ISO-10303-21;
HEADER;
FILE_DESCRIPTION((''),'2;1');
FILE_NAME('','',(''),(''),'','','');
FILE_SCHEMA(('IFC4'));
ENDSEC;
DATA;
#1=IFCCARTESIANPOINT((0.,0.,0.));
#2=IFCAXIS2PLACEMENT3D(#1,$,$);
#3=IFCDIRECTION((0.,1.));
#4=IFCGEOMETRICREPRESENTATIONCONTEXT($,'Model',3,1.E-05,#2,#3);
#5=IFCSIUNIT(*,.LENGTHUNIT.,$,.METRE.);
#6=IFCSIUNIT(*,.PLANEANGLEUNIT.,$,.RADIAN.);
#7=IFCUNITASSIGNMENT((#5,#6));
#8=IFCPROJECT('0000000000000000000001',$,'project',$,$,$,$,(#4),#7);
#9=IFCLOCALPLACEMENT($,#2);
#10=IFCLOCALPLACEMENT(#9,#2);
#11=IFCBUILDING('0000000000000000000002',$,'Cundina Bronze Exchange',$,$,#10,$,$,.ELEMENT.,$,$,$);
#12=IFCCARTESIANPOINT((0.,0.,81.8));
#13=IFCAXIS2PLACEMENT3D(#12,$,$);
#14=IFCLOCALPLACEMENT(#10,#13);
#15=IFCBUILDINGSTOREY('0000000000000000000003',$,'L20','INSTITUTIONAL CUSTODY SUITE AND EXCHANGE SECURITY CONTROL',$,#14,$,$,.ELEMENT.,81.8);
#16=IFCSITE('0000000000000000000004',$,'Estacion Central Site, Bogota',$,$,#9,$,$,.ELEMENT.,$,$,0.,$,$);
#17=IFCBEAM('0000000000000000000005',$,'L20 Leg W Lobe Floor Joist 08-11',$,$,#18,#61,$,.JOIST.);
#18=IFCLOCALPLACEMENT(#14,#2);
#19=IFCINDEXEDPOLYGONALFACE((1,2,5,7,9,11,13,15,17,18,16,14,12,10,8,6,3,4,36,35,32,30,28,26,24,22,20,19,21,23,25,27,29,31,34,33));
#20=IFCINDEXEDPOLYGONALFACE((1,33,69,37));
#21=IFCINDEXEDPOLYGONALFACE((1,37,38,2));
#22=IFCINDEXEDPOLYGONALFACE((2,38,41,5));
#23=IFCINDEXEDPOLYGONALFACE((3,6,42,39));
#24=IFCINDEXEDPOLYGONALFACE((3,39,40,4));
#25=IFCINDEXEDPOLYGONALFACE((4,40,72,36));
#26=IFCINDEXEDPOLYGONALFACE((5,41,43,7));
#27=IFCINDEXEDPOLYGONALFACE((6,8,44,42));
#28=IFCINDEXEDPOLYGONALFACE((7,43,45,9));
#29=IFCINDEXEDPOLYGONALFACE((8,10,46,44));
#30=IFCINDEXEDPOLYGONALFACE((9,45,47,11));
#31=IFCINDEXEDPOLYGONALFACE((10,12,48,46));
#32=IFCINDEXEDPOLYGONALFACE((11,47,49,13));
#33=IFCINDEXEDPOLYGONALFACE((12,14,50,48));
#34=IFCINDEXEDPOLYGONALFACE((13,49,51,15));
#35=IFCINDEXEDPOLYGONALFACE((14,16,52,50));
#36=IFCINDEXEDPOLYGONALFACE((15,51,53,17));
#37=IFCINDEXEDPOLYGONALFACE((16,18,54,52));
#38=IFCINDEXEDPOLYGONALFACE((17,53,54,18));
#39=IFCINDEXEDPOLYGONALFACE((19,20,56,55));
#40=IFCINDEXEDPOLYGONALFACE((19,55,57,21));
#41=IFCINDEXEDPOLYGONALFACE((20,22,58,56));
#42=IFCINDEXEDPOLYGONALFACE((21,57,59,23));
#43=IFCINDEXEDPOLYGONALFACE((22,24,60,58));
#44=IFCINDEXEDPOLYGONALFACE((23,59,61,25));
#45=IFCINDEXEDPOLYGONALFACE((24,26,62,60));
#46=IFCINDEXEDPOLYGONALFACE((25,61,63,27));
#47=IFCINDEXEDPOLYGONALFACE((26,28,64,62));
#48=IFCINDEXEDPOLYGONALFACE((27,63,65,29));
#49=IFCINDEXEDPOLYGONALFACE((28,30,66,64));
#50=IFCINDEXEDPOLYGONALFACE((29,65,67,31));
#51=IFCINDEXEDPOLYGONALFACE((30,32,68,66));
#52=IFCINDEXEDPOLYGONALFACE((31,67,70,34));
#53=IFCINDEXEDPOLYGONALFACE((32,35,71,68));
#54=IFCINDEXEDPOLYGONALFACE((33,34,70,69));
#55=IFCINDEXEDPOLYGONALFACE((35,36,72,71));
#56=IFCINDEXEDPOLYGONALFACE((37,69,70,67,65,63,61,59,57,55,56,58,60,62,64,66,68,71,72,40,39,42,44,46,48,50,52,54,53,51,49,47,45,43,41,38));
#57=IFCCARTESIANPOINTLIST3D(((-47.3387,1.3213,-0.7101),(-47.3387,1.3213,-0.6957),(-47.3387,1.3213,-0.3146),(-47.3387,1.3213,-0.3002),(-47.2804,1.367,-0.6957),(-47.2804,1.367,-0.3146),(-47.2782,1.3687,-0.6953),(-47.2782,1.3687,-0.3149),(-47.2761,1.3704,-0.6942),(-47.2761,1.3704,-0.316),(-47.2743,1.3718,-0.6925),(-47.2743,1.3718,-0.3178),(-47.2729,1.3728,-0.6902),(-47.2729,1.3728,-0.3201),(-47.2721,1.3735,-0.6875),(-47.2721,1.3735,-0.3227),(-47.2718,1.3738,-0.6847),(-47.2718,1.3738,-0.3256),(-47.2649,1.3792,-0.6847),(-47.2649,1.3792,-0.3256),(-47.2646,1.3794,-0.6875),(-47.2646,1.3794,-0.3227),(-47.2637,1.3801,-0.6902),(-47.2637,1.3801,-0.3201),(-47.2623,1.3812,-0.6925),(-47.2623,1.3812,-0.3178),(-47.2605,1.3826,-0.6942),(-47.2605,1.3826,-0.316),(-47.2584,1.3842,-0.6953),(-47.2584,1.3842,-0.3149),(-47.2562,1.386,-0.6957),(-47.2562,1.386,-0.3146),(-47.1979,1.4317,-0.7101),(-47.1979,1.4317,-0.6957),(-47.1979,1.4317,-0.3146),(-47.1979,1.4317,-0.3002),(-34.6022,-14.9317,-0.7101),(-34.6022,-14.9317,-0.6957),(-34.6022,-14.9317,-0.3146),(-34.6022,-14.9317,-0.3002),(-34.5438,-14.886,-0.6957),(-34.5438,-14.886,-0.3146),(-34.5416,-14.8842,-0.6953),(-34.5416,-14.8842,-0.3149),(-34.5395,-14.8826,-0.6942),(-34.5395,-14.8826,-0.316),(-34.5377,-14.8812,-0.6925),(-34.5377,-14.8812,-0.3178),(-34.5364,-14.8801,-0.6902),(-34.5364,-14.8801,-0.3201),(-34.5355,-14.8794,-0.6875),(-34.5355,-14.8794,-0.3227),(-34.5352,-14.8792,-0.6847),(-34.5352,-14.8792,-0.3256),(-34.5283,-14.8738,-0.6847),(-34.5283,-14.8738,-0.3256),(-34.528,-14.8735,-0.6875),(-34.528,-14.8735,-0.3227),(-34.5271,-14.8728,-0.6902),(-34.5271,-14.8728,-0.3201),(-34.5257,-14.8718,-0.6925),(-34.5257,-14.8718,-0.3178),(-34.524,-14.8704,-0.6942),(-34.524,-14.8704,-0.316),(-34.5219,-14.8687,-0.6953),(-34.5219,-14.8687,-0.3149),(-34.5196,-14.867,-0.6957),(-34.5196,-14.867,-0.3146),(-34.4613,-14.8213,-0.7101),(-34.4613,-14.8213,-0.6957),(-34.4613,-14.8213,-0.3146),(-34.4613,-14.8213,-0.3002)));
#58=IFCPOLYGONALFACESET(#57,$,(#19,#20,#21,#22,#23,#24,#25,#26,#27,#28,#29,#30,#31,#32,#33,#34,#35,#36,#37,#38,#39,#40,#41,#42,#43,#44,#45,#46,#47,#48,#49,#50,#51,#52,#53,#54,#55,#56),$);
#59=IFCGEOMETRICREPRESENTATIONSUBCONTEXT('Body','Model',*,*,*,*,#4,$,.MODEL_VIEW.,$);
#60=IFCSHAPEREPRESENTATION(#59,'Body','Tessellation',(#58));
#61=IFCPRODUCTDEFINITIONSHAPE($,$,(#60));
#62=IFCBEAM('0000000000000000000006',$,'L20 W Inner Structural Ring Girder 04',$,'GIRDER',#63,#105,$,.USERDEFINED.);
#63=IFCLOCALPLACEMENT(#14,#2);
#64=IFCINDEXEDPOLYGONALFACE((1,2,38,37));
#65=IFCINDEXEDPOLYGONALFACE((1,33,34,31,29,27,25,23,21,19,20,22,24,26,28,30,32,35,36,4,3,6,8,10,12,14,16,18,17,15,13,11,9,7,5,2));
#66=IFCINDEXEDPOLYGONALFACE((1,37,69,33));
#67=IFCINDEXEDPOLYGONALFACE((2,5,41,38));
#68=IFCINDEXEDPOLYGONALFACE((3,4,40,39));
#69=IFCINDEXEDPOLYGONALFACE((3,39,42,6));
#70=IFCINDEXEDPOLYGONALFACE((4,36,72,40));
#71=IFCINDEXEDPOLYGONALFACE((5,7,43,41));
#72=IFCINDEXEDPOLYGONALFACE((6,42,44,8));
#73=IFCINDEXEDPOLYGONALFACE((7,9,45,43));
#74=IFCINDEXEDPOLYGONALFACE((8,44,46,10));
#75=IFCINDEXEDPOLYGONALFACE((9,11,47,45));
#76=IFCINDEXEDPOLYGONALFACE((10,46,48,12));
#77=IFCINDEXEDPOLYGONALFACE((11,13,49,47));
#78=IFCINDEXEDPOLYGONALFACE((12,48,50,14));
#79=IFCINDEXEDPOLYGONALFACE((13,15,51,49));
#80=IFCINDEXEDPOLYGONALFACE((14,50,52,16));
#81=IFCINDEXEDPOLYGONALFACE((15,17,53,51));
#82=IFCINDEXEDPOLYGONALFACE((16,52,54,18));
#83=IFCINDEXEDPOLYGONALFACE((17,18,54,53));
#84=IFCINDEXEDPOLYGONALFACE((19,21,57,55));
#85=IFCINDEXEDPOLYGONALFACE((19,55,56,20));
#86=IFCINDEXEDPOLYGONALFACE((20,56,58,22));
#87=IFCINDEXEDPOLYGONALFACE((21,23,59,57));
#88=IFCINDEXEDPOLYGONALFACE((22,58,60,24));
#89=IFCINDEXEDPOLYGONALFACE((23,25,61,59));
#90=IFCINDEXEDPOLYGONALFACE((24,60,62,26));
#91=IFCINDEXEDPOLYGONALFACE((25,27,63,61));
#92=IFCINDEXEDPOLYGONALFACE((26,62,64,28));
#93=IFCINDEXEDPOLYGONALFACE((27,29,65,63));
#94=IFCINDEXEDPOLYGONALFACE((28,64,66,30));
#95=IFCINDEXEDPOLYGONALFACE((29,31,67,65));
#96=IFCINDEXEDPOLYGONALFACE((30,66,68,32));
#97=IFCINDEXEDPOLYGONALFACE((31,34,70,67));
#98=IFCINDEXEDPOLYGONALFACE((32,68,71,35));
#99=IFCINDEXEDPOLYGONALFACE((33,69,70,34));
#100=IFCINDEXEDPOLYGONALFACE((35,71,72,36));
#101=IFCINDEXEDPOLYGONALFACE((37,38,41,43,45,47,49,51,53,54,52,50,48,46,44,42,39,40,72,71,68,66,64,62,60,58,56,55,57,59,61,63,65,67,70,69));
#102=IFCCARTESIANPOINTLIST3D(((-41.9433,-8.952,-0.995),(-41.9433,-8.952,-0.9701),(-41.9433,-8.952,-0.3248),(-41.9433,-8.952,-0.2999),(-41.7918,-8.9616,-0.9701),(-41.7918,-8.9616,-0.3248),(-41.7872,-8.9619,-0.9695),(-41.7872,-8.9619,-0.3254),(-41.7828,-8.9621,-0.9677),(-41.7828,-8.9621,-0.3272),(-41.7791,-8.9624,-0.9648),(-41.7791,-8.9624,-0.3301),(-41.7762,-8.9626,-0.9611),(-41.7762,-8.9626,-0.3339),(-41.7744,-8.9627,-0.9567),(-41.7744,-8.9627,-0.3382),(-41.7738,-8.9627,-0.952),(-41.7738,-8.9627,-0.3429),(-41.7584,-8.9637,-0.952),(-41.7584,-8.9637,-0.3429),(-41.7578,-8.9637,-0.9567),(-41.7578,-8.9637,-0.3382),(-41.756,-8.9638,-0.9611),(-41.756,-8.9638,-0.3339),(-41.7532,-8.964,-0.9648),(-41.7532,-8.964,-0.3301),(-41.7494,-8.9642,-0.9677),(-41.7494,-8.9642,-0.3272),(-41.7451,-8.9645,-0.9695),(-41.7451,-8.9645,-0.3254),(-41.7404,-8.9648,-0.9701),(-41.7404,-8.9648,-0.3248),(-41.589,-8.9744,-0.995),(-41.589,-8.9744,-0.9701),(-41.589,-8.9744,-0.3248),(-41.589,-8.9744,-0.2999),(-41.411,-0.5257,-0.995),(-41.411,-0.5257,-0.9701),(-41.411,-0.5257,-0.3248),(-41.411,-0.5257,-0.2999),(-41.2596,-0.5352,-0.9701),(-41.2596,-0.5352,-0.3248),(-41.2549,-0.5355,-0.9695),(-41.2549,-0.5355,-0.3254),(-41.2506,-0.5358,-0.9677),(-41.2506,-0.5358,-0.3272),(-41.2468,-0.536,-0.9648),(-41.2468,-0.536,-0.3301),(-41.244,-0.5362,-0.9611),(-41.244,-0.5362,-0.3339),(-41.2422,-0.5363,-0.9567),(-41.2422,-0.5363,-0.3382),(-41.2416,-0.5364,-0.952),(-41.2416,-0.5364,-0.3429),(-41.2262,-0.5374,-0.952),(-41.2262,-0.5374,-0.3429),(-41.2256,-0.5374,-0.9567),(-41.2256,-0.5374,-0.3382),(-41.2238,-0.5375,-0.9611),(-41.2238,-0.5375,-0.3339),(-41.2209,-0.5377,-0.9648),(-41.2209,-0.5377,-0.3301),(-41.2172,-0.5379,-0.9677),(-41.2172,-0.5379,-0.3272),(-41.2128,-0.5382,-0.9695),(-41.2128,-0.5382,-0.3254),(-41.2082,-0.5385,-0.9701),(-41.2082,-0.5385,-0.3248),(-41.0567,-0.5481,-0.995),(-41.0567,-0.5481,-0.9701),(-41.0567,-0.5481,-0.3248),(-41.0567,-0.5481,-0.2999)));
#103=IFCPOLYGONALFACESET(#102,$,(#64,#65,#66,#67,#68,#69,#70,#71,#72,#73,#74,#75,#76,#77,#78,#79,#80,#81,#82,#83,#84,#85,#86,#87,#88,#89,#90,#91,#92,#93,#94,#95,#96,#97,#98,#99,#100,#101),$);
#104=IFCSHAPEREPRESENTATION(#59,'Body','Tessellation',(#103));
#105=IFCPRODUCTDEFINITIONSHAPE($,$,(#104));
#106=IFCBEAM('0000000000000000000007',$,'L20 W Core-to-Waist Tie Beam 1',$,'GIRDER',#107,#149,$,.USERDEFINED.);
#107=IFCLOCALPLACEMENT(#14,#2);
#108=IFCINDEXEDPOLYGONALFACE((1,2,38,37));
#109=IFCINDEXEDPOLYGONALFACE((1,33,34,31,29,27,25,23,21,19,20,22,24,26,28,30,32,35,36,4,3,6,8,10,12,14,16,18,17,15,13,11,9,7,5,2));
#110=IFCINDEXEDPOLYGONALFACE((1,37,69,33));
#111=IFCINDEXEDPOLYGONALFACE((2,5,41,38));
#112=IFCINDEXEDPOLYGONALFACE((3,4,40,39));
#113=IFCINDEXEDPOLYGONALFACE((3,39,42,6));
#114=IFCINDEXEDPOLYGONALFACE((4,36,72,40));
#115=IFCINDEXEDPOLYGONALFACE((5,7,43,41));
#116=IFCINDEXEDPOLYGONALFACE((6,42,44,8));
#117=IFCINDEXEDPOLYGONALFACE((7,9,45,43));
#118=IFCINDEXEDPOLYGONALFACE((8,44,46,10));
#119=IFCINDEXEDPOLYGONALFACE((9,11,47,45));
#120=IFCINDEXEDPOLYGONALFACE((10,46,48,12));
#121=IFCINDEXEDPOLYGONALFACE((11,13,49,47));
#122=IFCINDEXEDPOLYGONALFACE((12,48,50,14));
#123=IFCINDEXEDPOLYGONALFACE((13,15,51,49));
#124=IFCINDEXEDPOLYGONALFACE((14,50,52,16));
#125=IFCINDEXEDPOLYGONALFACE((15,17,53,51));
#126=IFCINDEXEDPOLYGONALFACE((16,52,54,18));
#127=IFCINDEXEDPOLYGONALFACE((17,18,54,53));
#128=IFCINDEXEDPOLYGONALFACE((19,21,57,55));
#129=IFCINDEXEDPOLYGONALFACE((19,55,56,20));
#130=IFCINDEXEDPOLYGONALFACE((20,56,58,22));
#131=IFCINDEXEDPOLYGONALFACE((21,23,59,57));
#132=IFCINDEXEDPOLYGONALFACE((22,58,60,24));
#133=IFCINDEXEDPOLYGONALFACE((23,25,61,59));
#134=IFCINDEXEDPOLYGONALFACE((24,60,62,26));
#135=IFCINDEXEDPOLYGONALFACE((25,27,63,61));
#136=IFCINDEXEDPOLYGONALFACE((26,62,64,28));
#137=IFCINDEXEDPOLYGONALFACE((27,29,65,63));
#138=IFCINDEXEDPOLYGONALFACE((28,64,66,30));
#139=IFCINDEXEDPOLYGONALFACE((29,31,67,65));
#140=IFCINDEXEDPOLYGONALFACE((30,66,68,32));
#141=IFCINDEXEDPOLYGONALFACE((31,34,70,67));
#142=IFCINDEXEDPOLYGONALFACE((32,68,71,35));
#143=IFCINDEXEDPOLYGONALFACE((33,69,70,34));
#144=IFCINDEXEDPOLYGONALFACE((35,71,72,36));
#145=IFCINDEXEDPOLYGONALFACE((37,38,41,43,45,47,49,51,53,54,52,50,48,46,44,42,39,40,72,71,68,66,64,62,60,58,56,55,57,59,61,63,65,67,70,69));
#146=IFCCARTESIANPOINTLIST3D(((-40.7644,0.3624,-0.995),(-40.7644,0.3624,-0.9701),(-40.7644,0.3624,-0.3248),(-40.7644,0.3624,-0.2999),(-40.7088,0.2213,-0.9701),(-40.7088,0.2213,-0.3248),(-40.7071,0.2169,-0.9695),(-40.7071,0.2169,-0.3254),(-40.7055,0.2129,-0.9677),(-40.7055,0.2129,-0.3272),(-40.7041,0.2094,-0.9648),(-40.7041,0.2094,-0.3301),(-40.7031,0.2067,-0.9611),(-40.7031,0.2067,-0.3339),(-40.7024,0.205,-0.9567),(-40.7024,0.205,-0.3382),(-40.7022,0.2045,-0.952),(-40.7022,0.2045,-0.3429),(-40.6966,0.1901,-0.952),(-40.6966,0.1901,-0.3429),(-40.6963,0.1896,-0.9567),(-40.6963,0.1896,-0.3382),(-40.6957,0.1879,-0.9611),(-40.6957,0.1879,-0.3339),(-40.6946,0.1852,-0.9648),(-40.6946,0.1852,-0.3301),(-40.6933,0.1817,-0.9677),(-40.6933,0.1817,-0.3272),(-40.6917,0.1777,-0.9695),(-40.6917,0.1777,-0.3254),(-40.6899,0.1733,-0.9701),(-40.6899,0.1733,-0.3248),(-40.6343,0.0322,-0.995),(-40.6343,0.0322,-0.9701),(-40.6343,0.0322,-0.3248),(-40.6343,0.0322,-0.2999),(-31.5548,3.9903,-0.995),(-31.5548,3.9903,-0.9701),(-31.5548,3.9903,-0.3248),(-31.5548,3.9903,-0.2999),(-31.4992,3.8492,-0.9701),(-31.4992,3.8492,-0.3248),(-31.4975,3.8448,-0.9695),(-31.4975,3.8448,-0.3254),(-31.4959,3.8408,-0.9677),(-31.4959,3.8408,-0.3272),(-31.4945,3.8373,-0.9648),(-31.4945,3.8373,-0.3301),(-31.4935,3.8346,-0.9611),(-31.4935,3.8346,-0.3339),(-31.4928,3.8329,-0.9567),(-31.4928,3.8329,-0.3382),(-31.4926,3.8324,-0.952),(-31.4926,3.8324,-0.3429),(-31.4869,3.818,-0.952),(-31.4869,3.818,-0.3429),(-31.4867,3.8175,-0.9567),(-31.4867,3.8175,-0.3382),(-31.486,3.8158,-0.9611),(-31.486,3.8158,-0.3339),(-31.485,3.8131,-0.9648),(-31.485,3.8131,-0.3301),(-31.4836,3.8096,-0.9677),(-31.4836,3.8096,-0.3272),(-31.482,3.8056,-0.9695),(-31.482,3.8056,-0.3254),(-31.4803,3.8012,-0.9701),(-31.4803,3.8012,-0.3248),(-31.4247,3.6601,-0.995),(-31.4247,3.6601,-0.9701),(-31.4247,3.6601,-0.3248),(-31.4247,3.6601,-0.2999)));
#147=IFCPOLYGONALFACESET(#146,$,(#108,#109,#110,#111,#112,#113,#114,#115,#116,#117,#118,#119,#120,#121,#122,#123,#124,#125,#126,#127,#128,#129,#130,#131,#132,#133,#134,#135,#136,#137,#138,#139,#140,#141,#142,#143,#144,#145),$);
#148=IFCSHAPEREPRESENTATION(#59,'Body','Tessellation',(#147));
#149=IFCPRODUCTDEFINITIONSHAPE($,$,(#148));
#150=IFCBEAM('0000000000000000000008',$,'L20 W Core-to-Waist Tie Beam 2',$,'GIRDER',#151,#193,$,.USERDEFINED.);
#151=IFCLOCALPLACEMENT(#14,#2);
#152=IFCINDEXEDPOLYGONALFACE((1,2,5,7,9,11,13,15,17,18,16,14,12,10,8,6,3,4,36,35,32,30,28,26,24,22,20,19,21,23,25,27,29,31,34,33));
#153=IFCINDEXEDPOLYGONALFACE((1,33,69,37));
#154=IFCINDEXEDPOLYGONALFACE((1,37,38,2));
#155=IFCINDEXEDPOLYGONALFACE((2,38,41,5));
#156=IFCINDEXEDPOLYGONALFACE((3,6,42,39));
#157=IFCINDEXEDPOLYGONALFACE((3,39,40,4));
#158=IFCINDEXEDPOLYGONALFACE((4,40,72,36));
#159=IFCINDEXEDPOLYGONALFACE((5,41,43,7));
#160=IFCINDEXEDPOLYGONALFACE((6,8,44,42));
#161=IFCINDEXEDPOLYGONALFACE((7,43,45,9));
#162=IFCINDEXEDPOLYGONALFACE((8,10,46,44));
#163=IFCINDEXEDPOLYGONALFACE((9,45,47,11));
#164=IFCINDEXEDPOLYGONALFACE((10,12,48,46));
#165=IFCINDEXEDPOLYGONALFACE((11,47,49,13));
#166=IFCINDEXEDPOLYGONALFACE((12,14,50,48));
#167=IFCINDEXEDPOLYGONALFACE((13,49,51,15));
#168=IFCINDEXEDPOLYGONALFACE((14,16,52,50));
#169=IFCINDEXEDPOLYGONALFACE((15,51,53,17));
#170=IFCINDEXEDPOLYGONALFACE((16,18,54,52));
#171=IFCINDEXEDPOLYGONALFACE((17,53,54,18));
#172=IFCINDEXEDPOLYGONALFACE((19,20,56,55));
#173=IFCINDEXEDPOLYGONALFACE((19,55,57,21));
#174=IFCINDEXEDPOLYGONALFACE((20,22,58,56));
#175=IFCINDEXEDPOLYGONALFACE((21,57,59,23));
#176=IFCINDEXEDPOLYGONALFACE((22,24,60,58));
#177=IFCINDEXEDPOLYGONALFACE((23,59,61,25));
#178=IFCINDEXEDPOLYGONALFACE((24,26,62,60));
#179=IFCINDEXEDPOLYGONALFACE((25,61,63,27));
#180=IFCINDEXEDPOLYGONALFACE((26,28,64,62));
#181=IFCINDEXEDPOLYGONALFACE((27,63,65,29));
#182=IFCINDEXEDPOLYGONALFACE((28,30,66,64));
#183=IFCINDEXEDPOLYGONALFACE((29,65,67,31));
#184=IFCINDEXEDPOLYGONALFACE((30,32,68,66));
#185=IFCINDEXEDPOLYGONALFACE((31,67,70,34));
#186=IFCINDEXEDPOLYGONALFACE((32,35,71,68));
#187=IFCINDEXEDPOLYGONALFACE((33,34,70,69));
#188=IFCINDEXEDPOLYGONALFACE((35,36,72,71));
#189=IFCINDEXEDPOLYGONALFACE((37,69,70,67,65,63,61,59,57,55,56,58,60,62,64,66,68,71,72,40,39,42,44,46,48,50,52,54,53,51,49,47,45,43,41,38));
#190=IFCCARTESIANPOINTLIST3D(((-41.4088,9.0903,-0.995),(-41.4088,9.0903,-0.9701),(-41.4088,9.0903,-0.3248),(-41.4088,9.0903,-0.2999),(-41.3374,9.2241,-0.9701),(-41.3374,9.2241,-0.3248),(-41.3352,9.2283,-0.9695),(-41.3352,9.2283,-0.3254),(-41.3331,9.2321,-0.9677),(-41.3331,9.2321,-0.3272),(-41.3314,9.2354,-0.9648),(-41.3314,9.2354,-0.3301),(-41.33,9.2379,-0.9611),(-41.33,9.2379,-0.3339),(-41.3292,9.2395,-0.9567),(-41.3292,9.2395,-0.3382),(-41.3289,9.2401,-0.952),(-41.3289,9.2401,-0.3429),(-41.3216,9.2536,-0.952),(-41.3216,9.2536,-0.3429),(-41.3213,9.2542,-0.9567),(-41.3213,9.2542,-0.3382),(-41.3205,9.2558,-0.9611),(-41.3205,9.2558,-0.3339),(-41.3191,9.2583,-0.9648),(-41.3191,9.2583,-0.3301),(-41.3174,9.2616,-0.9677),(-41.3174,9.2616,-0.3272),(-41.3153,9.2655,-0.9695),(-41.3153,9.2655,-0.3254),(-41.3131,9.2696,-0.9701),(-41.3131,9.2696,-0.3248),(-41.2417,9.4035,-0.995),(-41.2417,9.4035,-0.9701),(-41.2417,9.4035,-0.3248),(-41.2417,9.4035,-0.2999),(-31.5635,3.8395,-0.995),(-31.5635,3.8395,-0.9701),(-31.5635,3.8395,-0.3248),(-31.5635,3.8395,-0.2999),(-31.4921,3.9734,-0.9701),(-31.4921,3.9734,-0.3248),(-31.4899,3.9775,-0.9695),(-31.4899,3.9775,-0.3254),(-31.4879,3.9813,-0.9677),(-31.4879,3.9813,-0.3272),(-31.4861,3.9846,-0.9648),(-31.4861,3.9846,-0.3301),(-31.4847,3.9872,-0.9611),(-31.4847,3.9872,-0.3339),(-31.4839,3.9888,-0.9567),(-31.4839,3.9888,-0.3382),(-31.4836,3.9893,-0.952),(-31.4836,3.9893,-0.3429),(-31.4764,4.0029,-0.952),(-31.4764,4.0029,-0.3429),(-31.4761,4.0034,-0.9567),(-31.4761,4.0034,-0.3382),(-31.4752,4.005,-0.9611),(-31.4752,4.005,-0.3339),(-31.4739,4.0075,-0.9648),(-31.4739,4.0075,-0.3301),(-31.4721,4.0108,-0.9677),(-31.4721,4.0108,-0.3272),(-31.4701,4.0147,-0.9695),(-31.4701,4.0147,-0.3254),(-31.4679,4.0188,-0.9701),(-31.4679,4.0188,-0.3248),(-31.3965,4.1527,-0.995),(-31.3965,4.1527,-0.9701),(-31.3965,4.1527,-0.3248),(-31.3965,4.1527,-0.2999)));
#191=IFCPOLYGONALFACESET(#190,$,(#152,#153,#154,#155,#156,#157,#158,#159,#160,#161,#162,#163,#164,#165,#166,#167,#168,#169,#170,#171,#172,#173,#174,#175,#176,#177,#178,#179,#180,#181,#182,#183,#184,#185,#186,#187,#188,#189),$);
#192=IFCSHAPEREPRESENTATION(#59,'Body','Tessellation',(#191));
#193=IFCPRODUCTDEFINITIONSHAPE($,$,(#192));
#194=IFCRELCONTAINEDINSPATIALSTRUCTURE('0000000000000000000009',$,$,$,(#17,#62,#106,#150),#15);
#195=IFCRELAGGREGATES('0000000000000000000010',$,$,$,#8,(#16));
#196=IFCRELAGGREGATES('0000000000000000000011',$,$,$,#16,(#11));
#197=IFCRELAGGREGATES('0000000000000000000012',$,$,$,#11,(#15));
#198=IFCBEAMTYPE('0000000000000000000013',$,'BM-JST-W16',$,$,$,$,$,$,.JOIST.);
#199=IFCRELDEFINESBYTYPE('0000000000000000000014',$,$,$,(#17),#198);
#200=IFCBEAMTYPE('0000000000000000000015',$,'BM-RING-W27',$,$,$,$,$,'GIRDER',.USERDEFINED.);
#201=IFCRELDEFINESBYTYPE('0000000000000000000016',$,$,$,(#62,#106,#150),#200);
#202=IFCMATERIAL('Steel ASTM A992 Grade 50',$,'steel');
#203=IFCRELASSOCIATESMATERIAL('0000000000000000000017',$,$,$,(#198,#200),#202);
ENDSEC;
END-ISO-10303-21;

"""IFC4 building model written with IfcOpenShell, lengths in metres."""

from ifc_helpers import new_model, si_unit, direction, frame, origin, origin_2d, place, context, subcontext, project, spatial, i_section, extrude, material, material_profile, profile_set, type_object, element, save


model = new_model("IFC4")

# Units and contexts
model_context = context("Model", 3, precision=1e-05, world=origin(), true_north=direction((0.0, 1.0)))
body_context = subcontext(model_context, "Body", "Model", "MODEL_VIEW")
ifc_project = project(units=[si_unit("LENGTHUNIT", "METRE"), si_unit("PLANEANGLEUNIT", "RADIAN")], contexts=[model_context])

# Site, building, storey
site_placement = place(None, origin())
site = spatial("IfcSite", under=ifc_project, at=site_placement, Name="Estacion Central Site, Bogota", CompositionType="ELEMENT", RefElevation=0.0)
building_placement = place(site_placement, origin())
building = spatial("IfcBuilding", under=site, at=building_placement, Name="Cundina Bronze Exchange", CompositionType="ELEMENT")
storey_placement = place(building_placement, frame((0.0, 0.0, 81.8)))
storey = spatial("IfcBuildingStorey", under=building, at=storey_placement, Name="L20", Description="INSTITUTIONAL CUSTODY SUITE AND EXCHANGE SECURITY CONTROL", CompositionType="ELEMENT", Elevation=81.8)

# Shared definitions
ifc_material_1 = material(Name="Steel ASTM A992 Grade 50", Category="steel")

# Beams
ifc_material_profile_1 = material_profile(ifc_material_1, i_section(OverallWidth=0.179, OverallDepth=0.4099, WebThickness=0.0088, FlangeThickness=0.0144, FilletRadius=0.011, at=origin_2d()), Name="W16X45", Category="steel")
ifc_profile_set_1 = profile_set([ifc_material_profile_1], Name="Steel ASTM A992 Grade 50")
beam_type_1 = type_object("IfcBeamType", Name="BM-JST-W16", PredefinedType="JOIST", material=ifc_profile_set_1)
beam_1_placement = place(storey_placement, frame((-47.2683, 1.3765, -0.5051), z_axis=(0.616815, -0.787108, 0.0), x_axis=(0.787108, 0.616815, 0.0)))
element("IfcBeam", 1, at=beam_1_placement, inside=storey, type_object=beam_type_1, Name="L20 Leg W Lobe Floor Joist 08-11", PredefinedType="JOIST", context=body_context, shape_type="SweptSolid", body=[
    extrude(i_section(OverallWidth=0.179, OverallDepth=0.4099, WebThickness=0.0088, FlangeThickness=0.0144, FilletRadius=0.011, at=origin_2d()), origin(), (0.0, 0.0, 1.0), 20.6489),
])
ifc_material_profile_2 = material_profile(ifc_material_1, i_section(OverallWidth=0.355, OverallDepth=0.6951, WebThickness=0.0154, FlangeThickness=0.0249, FilletRadius=0.0181, at=origin_2d()), Name="W27X146", Category="steel")
ifc_profile_set_2 = profile_set([ifc_material_profile_2], Name="Steel ASTM A992 Grade 50")
beam_type_2 = type_object("IfcBeamType", Name="BM-RING-W27", ElementType="GIRDER", PredefinedType="USERDEFINED", material=ifc_profile_set_2)
beam_2_placement = place(storey_placement, frame((-41.2339, -0.5369, -0.6475), z_axis=(-0.063037, -0.998011, 0.0), x_axis=(0.998011, -0.063037, 0.0)))
element("IfcBeam", 2, at=beam_2_placement, inside=storey, type_object=beam_type_2, Name="L20 W Inner Structural Ring Girder 04", ObjectType="GIRDER", PredefinedType="USERDEFINED", context=body_context, shape_type="SweptSolid", body=[
    extrude(i_section(OverallWidth=0.355, OverallDepth=0.6951, WebThickness=0.0154, FlangeThickness=0.0249, FilletRadius=0.0181, at=origin_2d()), origin(), (0.0, 0.0, 1.0), 8.4431),
])
beam_3_placement = place(storey_placement, frame((-31.4897, 3.8252, -0.6475), z_axis=(-0.930413, -0.366512, 0.0), x_axis=(0.366512, -0.930413, 0.0)))
element("IfcBeam", 3, at=beam_3_placement, inside=storey, type_object=beam_type_2, Name="L20 W Core-to-Waist Tie Beam 1", ObjectType="GIRDER", PredefinedType="USERDEFINED", context=body_context, shape_type="SweptSolid", body=[
    extrude(i_section(OverallWidth=0.355, OverallDepth=0.6951, WebThickness=0.0154, FlangeThickness=0.0249, FilletRadius=0.0181, at=origin_2d()), origin(), (0.0, 0.0, 1.0), 9.8984),
])
beam_4_placement = place(storey_placement, frame((-31.48, 3.9961, -0.6475), z_axis=(-0.882355, 0.470585, 0.0), x_axis=(-0.470585, -0.882355, 0.0)))
element("IfcBeam", 4, at=beam_4_placement, inside=storey, type_object=beam_type_2, Name="L20 W Core-to-Waist Tie Beam 2", ObjectType="GIRDER", PredefinedType="USERDEFINED", context=body_context, shape_type="SweptSolid", body=[
    extrude(i_section(OverallWidth=0.355, OverallDepth=0.6951, WebThickness=0.0154, FlangeThickness=0.0249, FilletRadius=0.0181, at=origin_2d()), origin(), (0.0, 0.0, 1.0), 11.158),
])

save(model, "model.ifc")
